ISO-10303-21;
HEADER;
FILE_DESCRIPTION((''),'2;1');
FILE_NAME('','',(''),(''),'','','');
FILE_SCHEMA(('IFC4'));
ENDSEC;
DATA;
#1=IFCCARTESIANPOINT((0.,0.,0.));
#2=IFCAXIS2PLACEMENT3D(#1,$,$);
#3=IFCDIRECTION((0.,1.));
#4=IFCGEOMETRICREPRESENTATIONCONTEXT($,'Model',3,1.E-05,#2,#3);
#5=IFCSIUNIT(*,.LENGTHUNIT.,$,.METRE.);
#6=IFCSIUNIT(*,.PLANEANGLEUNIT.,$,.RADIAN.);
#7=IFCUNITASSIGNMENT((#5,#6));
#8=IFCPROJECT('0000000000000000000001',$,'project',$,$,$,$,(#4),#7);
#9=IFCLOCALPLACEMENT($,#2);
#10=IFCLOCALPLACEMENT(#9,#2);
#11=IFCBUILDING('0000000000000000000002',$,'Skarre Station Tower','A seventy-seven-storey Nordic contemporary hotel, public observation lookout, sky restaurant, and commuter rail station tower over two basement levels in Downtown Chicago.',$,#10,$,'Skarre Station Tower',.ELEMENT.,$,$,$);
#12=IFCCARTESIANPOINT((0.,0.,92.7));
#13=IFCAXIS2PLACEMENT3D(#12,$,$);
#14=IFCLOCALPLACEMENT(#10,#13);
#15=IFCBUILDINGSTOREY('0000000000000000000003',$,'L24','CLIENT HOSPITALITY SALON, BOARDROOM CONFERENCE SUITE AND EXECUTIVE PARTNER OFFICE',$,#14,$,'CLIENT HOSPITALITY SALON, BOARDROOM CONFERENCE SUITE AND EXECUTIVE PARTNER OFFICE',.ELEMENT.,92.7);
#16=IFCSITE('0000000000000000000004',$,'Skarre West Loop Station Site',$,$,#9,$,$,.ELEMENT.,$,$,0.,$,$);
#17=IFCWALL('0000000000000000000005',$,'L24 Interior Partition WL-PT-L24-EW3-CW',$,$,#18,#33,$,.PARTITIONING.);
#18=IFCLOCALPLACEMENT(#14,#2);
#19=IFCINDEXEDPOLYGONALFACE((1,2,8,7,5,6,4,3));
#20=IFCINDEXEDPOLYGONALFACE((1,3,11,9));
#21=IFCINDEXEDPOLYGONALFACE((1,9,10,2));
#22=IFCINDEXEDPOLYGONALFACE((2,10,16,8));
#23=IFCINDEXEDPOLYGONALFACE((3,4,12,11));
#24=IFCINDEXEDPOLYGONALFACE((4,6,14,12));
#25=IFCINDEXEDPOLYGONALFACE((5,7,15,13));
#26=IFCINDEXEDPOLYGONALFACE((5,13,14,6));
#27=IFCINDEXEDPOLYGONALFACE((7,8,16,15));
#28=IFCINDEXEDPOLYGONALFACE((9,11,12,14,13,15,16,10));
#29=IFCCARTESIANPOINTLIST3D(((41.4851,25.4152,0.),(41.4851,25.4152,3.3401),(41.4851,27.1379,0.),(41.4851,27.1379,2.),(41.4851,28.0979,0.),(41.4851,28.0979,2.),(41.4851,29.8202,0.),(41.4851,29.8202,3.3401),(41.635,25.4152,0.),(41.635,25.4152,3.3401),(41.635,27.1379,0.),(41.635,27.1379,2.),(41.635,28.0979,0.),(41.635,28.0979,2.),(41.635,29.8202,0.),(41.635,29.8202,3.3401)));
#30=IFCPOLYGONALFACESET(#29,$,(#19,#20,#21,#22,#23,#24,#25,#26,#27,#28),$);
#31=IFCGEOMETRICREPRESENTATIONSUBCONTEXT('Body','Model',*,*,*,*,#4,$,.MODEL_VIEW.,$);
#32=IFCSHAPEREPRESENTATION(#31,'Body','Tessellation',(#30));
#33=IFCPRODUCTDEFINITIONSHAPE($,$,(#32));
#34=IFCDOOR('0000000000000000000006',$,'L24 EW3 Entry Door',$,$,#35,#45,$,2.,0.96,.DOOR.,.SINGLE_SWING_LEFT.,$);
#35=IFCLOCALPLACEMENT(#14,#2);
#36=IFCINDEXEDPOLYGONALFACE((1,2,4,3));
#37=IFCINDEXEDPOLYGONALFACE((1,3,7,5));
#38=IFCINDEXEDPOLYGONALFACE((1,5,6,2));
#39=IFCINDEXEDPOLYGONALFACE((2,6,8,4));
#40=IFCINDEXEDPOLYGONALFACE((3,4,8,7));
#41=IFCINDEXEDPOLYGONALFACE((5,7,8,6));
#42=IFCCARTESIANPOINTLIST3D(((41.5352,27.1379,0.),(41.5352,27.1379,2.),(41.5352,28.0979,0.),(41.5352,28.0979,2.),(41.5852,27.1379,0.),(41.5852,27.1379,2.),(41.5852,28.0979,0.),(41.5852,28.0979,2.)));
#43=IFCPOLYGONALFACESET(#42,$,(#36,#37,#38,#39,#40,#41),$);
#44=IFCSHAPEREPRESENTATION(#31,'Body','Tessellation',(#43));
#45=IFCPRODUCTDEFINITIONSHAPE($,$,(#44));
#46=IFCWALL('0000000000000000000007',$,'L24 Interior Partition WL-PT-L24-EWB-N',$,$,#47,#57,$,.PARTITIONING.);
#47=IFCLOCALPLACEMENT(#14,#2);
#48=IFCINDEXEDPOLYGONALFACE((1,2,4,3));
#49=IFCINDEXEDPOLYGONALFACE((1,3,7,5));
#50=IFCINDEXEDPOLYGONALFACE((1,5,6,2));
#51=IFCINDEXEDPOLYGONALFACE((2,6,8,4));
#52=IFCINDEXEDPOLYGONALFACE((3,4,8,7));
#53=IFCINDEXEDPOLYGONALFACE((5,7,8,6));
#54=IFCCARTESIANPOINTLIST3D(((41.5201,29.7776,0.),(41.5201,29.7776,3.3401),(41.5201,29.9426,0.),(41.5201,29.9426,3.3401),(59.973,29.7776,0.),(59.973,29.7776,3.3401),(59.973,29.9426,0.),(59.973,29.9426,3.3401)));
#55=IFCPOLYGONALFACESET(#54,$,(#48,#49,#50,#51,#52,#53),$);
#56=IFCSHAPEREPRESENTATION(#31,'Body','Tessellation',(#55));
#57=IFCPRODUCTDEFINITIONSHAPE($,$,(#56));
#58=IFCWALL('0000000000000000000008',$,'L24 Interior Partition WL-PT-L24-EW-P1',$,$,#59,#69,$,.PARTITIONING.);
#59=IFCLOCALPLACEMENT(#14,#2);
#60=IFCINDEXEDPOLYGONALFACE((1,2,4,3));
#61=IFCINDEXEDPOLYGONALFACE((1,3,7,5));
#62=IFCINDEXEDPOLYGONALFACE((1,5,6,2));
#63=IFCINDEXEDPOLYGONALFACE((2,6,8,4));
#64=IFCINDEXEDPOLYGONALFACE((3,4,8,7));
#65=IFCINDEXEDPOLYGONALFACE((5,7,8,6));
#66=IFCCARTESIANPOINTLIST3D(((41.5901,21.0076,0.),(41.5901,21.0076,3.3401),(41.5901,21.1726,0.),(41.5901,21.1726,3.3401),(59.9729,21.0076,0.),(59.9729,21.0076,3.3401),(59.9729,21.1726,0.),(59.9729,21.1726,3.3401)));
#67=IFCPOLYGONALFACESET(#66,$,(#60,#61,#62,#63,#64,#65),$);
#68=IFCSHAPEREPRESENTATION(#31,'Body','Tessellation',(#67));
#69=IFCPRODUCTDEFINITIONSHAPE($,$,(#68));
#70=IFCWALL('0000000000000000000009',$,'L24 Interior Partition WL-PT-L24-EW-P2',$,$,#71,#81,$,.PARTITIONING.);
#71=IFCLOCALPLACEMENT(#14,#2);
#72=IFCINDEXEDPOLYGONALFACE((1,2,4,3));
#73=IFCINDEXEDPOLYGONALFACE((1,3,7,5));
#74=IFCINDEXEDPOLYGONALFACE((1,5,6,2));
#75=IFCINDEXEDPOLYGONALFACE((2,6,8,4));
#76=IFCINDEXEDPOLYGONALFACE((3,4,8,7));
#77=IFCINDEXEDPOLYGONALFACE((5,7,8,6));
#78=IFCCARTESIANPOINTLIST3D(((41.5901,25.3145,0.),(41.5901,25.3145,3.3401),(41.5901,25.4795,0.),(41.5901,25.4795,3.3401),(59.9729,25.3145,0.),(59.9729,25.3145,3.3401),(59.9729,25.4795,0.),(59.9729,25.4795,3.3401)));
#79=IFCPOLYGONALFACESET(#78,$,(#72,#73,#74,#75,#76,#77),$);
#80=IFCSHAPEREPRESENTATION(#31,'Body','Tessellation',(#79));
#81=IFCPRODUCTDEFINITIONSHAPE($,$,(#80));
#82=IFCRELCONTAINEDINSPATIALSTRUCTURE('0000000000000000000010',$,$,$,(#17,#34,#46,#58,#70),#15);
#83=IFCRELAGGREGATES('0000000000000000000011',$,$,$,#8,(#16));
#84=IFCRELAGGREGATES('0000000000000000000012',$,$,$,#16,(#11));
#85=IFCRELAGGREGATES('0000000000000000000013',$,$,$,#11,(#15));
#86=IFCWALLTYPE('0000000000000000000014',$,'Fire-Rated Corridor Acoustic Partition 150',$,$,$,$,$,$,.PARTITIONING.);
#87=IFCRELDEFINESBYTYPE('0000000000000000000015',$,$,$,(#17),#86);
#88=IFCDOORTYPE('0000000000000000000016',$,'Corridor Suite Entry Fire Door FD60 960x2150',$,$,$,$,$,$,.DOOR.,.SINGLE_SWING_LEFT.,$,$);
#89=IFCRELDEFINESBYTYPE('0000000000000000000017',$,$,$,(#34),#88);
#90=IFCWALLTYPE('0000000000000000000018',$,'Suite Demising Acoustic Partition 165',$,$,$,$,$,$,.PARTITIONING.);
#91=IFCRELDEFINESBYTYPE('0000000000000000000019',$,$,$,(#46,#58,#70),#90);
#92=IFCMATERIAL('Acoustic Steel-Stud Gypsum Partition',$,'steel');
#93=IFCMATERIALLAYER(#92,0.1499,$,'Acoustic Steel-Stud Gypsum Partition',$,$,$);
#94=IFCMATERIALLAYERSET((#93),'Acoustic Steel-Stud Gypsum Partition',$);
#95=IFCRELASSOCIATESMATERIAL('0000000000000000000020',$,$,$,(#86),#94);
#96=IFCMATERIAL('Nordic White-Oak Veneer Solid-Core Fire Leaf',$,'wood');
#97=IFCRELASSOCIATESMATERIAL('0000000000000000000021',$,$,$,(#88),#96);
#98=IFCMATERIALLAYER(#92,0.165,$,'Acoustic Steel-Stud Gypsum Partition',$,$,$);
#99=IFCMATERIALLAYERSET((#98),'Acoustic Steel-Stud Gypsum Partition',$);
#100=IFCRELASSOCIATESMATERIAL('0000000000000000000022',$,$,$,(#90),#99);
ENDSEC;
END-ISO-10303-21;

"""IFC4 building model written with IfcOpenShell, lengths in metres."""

from ifc_helpers import new_model, si_unit, direction, frame, frame_2d, origin, place, context, subcontext, project, spatial, rectangle, extrude, material, layer, layer_set, type_object, element, fill, save


model = new_model("IFC4")

# Units and contexts
model_context = context("Model", 3, precision=1e-05, world=origin(), true_north=direction((0.0, 1.0)))
body_context = subcontext(model_context, "Body", "Model", "MODEL_VIEW")
ifc_project = project(units=[si_unit("LENGTHUNIT", "METRE"), si_unit("PLANEANGLEUNIT", "RADIAN")], contexts=[model_context])

# Site, building, storey
site_placement = place(None, origin())
site = spatial("IfcSite", under=ifc_project, at=site_placement, Name="Skarre West Loop Station Site", CompositionType="ELEMENT", RefElevation=0.0)
building_placement = place(site_placement, origin())
building = spatial("IfcBuilding", under=site, at=building_placement, Name="Skarre Station Tower", Description="A seventy-seven-storey Nordic contemporary hotel, public observation lookout, sky restaurant, and commuter rail station tower over two basement levels in Downtown Chicago.", LongName="Skarre Station Tower", CompositionType="ELEMENT")
storey_placement = place(building_placement, frame((0.0, 0.0, 92.7)))
storey = spatial("IfcBuildingStorey", under=building, at=storey_placement, Name="L24", Description="CLIENT HOSPITALITY SALON, BOARDROOM CONFERENCE SUITE AND EXECUTIVE PARTNER OFFICE", LongName="CLIENT HOSPITALITY SALON, BOARDROOM CONFERENCE SUITE AND EXECUTIVE PARTNER OFFICE", CompositionType="ELEMENT", Elevation=92.7)

# Shared definitions
ifc_material_1 = material(Name="Acoustic Steel-Stud Gypsum Partition", Category="steel")
ifc_layer_1 = layer(ifc_material_1, 0.1499, Name="Acoustic Steel-Stud Gypsum Partition")
ifc_layer_set_1 = layer_set([ifc_layer_1], Name="Acoustic Steel-Stud Gypsum Partition")
wall_type_1 = type_object("IfcWallType", Name="Fire-Rated Corridor Acoustic Partition 150", PredefinedType="PARTITIONING", material=ifc_layer_set_1)

# Wall, opening, door
ifc_material_2 = material(Name="Nordic White-Oak Veneer Solid-Core Fire Leaf", Category="wood")
door_type = type_object("IfcDoorType", Name="Corridor Suite Entry Fire Door FD60 960x2150", OperationType="SINGLE_SWING_LEFT", PredefinedType="DOOR", material=ifc_material_2)
wall_1_placement = place(storey_placement, frame((41.5601, 25.415, 0.0), z_axis=(0.0, 0.0, 1.0), x_axis=(0.0, 1.0, 0.0)))
wall_1 = element("IfcWall", 1, at=wall_1_placement, inside=storey, type_object=wall_type_1, Name="L24 Interior Partition WL-PT-L24-EW3-CW", PredefinedType="PARTITIONING", context=body_context, shape_type="SweptSolid", body=[
    extrude(rectangle(XDim=4.405, YDim=0.1499, at=frame_2d((2.2026, 0.0))), origin(), (0.0, 0.0, 1.0), 3.3401),
])
opening_1_placement = place(wall_1_placement, frame((1.7229, 0.0, 0.0)))
opening_1 = element("IfcOpeningElement", 2, at=opening_1_placement, cuts=wall_1, PredefinedType="OPENING", context=body_context, shape_type="SweptSolid", body=[
    extrude(rectangle(XDim=0.96, YDim=2.0, at=frame_2d((0.48, 1.0))), frame((0.0, 0.085, 0.0), z_axis=(0.0, -1.0, 0.0), x_axis=(1.0, 0.0, 0.0)), (0.0, 0.0, 1.0), 0.1699),
])
door_1_placement = place(opening_1_placement, origin())
door_1 = element("IfcDoor", 3, at=door_1_placement, inside=storey, type_object=door_type, Name="L24 EW3 Entry Door", OperationType="SINGLE_SWING_LEFT", OverallHeight=2.0, OverallWidth=0.96, PredefinedType="DOOR", context=body_context, shape_type="SweptSolid", body=[
    extrude(rectangle(XDim=0.96, YDim=2.0, at=frame_2d((0.48, 1.0))), frame((0.0, 0.0249, 0.0), z_axis=(0.0, -1.0, 0.0), x_axis=(1.0, 0.0, 0.0)), (0.0, 0.0, 1.0), 0.05),
])
fill(opening_1, door_1)

# Walls
ifc_layer_2 = layer(ifc_material_1, 0.165, Name="Acoustic Steel-Stud Gypsum Partition")
ifc_layer_set_2 = layer_set([ifc_layer_2], Name="Acoustic Steel-Stud Gypsum Partition")
wall_type_2 = type_object("IfcWallType", Name="Suite Demising Acoustic Partition 165", PredefinedType="PARTITIONING", material=ifc_layer_set_2)
wall_2_placement = place(storey_placement, frame((41.52, 29.8601, 0.0), z_axis=(0.0, 0.0, 1.0), x_axis=(1.0, 0.0, 0.0)))
element("IfcWall", 4, at=wall_2_placement, inside=storey, type_object=wall_type_2, Name="L24 Interior Partition WL-PT-L24-EWB-N", PredefinedType="PARTITIONING", context=body_context, shape_type="SweptSolid", body=[
    extrude(rectangle(XDim=18.4529, YDim=0.165, at=frame_2d((9.2266, 0.0))), origin(), (0.0, 0.0, 1.0), 3.3401),
])
for number, where, z_axis, x_axis, name in (
    (5, (41.5901, 21.0901, 0.0), (0.0, 0.0, 1.0), (1.0, 0.0, 0.0), "L24 Interior Partition WL-PT-L24-EW-P1"),
    (6, (41.5901, 25.397, 0.0), (0.0, 0.0, 1.0), (1.0, 0.0, 0.0), "L24 Interior Partition WL-PT-L24-EW-P2"),
):
    element("IfcWall", number, at=place(storey_placement, frame(where, z_axis=z_axis, x_axis=x_axis)), inside=storey, type_object=wall_type_2, Name=name, PredefinedType="PARTITIONING", context=body_context, shape_type="SweptSolid", body=[
        extrude(rectangle(XDim=18.3828, YDim=0.165, at=frame_2d((9.1914, 0.0))), origin(), (0.0, 0.0, 1.0), 3.3401),
    ])

save(model, "model.ifc")
